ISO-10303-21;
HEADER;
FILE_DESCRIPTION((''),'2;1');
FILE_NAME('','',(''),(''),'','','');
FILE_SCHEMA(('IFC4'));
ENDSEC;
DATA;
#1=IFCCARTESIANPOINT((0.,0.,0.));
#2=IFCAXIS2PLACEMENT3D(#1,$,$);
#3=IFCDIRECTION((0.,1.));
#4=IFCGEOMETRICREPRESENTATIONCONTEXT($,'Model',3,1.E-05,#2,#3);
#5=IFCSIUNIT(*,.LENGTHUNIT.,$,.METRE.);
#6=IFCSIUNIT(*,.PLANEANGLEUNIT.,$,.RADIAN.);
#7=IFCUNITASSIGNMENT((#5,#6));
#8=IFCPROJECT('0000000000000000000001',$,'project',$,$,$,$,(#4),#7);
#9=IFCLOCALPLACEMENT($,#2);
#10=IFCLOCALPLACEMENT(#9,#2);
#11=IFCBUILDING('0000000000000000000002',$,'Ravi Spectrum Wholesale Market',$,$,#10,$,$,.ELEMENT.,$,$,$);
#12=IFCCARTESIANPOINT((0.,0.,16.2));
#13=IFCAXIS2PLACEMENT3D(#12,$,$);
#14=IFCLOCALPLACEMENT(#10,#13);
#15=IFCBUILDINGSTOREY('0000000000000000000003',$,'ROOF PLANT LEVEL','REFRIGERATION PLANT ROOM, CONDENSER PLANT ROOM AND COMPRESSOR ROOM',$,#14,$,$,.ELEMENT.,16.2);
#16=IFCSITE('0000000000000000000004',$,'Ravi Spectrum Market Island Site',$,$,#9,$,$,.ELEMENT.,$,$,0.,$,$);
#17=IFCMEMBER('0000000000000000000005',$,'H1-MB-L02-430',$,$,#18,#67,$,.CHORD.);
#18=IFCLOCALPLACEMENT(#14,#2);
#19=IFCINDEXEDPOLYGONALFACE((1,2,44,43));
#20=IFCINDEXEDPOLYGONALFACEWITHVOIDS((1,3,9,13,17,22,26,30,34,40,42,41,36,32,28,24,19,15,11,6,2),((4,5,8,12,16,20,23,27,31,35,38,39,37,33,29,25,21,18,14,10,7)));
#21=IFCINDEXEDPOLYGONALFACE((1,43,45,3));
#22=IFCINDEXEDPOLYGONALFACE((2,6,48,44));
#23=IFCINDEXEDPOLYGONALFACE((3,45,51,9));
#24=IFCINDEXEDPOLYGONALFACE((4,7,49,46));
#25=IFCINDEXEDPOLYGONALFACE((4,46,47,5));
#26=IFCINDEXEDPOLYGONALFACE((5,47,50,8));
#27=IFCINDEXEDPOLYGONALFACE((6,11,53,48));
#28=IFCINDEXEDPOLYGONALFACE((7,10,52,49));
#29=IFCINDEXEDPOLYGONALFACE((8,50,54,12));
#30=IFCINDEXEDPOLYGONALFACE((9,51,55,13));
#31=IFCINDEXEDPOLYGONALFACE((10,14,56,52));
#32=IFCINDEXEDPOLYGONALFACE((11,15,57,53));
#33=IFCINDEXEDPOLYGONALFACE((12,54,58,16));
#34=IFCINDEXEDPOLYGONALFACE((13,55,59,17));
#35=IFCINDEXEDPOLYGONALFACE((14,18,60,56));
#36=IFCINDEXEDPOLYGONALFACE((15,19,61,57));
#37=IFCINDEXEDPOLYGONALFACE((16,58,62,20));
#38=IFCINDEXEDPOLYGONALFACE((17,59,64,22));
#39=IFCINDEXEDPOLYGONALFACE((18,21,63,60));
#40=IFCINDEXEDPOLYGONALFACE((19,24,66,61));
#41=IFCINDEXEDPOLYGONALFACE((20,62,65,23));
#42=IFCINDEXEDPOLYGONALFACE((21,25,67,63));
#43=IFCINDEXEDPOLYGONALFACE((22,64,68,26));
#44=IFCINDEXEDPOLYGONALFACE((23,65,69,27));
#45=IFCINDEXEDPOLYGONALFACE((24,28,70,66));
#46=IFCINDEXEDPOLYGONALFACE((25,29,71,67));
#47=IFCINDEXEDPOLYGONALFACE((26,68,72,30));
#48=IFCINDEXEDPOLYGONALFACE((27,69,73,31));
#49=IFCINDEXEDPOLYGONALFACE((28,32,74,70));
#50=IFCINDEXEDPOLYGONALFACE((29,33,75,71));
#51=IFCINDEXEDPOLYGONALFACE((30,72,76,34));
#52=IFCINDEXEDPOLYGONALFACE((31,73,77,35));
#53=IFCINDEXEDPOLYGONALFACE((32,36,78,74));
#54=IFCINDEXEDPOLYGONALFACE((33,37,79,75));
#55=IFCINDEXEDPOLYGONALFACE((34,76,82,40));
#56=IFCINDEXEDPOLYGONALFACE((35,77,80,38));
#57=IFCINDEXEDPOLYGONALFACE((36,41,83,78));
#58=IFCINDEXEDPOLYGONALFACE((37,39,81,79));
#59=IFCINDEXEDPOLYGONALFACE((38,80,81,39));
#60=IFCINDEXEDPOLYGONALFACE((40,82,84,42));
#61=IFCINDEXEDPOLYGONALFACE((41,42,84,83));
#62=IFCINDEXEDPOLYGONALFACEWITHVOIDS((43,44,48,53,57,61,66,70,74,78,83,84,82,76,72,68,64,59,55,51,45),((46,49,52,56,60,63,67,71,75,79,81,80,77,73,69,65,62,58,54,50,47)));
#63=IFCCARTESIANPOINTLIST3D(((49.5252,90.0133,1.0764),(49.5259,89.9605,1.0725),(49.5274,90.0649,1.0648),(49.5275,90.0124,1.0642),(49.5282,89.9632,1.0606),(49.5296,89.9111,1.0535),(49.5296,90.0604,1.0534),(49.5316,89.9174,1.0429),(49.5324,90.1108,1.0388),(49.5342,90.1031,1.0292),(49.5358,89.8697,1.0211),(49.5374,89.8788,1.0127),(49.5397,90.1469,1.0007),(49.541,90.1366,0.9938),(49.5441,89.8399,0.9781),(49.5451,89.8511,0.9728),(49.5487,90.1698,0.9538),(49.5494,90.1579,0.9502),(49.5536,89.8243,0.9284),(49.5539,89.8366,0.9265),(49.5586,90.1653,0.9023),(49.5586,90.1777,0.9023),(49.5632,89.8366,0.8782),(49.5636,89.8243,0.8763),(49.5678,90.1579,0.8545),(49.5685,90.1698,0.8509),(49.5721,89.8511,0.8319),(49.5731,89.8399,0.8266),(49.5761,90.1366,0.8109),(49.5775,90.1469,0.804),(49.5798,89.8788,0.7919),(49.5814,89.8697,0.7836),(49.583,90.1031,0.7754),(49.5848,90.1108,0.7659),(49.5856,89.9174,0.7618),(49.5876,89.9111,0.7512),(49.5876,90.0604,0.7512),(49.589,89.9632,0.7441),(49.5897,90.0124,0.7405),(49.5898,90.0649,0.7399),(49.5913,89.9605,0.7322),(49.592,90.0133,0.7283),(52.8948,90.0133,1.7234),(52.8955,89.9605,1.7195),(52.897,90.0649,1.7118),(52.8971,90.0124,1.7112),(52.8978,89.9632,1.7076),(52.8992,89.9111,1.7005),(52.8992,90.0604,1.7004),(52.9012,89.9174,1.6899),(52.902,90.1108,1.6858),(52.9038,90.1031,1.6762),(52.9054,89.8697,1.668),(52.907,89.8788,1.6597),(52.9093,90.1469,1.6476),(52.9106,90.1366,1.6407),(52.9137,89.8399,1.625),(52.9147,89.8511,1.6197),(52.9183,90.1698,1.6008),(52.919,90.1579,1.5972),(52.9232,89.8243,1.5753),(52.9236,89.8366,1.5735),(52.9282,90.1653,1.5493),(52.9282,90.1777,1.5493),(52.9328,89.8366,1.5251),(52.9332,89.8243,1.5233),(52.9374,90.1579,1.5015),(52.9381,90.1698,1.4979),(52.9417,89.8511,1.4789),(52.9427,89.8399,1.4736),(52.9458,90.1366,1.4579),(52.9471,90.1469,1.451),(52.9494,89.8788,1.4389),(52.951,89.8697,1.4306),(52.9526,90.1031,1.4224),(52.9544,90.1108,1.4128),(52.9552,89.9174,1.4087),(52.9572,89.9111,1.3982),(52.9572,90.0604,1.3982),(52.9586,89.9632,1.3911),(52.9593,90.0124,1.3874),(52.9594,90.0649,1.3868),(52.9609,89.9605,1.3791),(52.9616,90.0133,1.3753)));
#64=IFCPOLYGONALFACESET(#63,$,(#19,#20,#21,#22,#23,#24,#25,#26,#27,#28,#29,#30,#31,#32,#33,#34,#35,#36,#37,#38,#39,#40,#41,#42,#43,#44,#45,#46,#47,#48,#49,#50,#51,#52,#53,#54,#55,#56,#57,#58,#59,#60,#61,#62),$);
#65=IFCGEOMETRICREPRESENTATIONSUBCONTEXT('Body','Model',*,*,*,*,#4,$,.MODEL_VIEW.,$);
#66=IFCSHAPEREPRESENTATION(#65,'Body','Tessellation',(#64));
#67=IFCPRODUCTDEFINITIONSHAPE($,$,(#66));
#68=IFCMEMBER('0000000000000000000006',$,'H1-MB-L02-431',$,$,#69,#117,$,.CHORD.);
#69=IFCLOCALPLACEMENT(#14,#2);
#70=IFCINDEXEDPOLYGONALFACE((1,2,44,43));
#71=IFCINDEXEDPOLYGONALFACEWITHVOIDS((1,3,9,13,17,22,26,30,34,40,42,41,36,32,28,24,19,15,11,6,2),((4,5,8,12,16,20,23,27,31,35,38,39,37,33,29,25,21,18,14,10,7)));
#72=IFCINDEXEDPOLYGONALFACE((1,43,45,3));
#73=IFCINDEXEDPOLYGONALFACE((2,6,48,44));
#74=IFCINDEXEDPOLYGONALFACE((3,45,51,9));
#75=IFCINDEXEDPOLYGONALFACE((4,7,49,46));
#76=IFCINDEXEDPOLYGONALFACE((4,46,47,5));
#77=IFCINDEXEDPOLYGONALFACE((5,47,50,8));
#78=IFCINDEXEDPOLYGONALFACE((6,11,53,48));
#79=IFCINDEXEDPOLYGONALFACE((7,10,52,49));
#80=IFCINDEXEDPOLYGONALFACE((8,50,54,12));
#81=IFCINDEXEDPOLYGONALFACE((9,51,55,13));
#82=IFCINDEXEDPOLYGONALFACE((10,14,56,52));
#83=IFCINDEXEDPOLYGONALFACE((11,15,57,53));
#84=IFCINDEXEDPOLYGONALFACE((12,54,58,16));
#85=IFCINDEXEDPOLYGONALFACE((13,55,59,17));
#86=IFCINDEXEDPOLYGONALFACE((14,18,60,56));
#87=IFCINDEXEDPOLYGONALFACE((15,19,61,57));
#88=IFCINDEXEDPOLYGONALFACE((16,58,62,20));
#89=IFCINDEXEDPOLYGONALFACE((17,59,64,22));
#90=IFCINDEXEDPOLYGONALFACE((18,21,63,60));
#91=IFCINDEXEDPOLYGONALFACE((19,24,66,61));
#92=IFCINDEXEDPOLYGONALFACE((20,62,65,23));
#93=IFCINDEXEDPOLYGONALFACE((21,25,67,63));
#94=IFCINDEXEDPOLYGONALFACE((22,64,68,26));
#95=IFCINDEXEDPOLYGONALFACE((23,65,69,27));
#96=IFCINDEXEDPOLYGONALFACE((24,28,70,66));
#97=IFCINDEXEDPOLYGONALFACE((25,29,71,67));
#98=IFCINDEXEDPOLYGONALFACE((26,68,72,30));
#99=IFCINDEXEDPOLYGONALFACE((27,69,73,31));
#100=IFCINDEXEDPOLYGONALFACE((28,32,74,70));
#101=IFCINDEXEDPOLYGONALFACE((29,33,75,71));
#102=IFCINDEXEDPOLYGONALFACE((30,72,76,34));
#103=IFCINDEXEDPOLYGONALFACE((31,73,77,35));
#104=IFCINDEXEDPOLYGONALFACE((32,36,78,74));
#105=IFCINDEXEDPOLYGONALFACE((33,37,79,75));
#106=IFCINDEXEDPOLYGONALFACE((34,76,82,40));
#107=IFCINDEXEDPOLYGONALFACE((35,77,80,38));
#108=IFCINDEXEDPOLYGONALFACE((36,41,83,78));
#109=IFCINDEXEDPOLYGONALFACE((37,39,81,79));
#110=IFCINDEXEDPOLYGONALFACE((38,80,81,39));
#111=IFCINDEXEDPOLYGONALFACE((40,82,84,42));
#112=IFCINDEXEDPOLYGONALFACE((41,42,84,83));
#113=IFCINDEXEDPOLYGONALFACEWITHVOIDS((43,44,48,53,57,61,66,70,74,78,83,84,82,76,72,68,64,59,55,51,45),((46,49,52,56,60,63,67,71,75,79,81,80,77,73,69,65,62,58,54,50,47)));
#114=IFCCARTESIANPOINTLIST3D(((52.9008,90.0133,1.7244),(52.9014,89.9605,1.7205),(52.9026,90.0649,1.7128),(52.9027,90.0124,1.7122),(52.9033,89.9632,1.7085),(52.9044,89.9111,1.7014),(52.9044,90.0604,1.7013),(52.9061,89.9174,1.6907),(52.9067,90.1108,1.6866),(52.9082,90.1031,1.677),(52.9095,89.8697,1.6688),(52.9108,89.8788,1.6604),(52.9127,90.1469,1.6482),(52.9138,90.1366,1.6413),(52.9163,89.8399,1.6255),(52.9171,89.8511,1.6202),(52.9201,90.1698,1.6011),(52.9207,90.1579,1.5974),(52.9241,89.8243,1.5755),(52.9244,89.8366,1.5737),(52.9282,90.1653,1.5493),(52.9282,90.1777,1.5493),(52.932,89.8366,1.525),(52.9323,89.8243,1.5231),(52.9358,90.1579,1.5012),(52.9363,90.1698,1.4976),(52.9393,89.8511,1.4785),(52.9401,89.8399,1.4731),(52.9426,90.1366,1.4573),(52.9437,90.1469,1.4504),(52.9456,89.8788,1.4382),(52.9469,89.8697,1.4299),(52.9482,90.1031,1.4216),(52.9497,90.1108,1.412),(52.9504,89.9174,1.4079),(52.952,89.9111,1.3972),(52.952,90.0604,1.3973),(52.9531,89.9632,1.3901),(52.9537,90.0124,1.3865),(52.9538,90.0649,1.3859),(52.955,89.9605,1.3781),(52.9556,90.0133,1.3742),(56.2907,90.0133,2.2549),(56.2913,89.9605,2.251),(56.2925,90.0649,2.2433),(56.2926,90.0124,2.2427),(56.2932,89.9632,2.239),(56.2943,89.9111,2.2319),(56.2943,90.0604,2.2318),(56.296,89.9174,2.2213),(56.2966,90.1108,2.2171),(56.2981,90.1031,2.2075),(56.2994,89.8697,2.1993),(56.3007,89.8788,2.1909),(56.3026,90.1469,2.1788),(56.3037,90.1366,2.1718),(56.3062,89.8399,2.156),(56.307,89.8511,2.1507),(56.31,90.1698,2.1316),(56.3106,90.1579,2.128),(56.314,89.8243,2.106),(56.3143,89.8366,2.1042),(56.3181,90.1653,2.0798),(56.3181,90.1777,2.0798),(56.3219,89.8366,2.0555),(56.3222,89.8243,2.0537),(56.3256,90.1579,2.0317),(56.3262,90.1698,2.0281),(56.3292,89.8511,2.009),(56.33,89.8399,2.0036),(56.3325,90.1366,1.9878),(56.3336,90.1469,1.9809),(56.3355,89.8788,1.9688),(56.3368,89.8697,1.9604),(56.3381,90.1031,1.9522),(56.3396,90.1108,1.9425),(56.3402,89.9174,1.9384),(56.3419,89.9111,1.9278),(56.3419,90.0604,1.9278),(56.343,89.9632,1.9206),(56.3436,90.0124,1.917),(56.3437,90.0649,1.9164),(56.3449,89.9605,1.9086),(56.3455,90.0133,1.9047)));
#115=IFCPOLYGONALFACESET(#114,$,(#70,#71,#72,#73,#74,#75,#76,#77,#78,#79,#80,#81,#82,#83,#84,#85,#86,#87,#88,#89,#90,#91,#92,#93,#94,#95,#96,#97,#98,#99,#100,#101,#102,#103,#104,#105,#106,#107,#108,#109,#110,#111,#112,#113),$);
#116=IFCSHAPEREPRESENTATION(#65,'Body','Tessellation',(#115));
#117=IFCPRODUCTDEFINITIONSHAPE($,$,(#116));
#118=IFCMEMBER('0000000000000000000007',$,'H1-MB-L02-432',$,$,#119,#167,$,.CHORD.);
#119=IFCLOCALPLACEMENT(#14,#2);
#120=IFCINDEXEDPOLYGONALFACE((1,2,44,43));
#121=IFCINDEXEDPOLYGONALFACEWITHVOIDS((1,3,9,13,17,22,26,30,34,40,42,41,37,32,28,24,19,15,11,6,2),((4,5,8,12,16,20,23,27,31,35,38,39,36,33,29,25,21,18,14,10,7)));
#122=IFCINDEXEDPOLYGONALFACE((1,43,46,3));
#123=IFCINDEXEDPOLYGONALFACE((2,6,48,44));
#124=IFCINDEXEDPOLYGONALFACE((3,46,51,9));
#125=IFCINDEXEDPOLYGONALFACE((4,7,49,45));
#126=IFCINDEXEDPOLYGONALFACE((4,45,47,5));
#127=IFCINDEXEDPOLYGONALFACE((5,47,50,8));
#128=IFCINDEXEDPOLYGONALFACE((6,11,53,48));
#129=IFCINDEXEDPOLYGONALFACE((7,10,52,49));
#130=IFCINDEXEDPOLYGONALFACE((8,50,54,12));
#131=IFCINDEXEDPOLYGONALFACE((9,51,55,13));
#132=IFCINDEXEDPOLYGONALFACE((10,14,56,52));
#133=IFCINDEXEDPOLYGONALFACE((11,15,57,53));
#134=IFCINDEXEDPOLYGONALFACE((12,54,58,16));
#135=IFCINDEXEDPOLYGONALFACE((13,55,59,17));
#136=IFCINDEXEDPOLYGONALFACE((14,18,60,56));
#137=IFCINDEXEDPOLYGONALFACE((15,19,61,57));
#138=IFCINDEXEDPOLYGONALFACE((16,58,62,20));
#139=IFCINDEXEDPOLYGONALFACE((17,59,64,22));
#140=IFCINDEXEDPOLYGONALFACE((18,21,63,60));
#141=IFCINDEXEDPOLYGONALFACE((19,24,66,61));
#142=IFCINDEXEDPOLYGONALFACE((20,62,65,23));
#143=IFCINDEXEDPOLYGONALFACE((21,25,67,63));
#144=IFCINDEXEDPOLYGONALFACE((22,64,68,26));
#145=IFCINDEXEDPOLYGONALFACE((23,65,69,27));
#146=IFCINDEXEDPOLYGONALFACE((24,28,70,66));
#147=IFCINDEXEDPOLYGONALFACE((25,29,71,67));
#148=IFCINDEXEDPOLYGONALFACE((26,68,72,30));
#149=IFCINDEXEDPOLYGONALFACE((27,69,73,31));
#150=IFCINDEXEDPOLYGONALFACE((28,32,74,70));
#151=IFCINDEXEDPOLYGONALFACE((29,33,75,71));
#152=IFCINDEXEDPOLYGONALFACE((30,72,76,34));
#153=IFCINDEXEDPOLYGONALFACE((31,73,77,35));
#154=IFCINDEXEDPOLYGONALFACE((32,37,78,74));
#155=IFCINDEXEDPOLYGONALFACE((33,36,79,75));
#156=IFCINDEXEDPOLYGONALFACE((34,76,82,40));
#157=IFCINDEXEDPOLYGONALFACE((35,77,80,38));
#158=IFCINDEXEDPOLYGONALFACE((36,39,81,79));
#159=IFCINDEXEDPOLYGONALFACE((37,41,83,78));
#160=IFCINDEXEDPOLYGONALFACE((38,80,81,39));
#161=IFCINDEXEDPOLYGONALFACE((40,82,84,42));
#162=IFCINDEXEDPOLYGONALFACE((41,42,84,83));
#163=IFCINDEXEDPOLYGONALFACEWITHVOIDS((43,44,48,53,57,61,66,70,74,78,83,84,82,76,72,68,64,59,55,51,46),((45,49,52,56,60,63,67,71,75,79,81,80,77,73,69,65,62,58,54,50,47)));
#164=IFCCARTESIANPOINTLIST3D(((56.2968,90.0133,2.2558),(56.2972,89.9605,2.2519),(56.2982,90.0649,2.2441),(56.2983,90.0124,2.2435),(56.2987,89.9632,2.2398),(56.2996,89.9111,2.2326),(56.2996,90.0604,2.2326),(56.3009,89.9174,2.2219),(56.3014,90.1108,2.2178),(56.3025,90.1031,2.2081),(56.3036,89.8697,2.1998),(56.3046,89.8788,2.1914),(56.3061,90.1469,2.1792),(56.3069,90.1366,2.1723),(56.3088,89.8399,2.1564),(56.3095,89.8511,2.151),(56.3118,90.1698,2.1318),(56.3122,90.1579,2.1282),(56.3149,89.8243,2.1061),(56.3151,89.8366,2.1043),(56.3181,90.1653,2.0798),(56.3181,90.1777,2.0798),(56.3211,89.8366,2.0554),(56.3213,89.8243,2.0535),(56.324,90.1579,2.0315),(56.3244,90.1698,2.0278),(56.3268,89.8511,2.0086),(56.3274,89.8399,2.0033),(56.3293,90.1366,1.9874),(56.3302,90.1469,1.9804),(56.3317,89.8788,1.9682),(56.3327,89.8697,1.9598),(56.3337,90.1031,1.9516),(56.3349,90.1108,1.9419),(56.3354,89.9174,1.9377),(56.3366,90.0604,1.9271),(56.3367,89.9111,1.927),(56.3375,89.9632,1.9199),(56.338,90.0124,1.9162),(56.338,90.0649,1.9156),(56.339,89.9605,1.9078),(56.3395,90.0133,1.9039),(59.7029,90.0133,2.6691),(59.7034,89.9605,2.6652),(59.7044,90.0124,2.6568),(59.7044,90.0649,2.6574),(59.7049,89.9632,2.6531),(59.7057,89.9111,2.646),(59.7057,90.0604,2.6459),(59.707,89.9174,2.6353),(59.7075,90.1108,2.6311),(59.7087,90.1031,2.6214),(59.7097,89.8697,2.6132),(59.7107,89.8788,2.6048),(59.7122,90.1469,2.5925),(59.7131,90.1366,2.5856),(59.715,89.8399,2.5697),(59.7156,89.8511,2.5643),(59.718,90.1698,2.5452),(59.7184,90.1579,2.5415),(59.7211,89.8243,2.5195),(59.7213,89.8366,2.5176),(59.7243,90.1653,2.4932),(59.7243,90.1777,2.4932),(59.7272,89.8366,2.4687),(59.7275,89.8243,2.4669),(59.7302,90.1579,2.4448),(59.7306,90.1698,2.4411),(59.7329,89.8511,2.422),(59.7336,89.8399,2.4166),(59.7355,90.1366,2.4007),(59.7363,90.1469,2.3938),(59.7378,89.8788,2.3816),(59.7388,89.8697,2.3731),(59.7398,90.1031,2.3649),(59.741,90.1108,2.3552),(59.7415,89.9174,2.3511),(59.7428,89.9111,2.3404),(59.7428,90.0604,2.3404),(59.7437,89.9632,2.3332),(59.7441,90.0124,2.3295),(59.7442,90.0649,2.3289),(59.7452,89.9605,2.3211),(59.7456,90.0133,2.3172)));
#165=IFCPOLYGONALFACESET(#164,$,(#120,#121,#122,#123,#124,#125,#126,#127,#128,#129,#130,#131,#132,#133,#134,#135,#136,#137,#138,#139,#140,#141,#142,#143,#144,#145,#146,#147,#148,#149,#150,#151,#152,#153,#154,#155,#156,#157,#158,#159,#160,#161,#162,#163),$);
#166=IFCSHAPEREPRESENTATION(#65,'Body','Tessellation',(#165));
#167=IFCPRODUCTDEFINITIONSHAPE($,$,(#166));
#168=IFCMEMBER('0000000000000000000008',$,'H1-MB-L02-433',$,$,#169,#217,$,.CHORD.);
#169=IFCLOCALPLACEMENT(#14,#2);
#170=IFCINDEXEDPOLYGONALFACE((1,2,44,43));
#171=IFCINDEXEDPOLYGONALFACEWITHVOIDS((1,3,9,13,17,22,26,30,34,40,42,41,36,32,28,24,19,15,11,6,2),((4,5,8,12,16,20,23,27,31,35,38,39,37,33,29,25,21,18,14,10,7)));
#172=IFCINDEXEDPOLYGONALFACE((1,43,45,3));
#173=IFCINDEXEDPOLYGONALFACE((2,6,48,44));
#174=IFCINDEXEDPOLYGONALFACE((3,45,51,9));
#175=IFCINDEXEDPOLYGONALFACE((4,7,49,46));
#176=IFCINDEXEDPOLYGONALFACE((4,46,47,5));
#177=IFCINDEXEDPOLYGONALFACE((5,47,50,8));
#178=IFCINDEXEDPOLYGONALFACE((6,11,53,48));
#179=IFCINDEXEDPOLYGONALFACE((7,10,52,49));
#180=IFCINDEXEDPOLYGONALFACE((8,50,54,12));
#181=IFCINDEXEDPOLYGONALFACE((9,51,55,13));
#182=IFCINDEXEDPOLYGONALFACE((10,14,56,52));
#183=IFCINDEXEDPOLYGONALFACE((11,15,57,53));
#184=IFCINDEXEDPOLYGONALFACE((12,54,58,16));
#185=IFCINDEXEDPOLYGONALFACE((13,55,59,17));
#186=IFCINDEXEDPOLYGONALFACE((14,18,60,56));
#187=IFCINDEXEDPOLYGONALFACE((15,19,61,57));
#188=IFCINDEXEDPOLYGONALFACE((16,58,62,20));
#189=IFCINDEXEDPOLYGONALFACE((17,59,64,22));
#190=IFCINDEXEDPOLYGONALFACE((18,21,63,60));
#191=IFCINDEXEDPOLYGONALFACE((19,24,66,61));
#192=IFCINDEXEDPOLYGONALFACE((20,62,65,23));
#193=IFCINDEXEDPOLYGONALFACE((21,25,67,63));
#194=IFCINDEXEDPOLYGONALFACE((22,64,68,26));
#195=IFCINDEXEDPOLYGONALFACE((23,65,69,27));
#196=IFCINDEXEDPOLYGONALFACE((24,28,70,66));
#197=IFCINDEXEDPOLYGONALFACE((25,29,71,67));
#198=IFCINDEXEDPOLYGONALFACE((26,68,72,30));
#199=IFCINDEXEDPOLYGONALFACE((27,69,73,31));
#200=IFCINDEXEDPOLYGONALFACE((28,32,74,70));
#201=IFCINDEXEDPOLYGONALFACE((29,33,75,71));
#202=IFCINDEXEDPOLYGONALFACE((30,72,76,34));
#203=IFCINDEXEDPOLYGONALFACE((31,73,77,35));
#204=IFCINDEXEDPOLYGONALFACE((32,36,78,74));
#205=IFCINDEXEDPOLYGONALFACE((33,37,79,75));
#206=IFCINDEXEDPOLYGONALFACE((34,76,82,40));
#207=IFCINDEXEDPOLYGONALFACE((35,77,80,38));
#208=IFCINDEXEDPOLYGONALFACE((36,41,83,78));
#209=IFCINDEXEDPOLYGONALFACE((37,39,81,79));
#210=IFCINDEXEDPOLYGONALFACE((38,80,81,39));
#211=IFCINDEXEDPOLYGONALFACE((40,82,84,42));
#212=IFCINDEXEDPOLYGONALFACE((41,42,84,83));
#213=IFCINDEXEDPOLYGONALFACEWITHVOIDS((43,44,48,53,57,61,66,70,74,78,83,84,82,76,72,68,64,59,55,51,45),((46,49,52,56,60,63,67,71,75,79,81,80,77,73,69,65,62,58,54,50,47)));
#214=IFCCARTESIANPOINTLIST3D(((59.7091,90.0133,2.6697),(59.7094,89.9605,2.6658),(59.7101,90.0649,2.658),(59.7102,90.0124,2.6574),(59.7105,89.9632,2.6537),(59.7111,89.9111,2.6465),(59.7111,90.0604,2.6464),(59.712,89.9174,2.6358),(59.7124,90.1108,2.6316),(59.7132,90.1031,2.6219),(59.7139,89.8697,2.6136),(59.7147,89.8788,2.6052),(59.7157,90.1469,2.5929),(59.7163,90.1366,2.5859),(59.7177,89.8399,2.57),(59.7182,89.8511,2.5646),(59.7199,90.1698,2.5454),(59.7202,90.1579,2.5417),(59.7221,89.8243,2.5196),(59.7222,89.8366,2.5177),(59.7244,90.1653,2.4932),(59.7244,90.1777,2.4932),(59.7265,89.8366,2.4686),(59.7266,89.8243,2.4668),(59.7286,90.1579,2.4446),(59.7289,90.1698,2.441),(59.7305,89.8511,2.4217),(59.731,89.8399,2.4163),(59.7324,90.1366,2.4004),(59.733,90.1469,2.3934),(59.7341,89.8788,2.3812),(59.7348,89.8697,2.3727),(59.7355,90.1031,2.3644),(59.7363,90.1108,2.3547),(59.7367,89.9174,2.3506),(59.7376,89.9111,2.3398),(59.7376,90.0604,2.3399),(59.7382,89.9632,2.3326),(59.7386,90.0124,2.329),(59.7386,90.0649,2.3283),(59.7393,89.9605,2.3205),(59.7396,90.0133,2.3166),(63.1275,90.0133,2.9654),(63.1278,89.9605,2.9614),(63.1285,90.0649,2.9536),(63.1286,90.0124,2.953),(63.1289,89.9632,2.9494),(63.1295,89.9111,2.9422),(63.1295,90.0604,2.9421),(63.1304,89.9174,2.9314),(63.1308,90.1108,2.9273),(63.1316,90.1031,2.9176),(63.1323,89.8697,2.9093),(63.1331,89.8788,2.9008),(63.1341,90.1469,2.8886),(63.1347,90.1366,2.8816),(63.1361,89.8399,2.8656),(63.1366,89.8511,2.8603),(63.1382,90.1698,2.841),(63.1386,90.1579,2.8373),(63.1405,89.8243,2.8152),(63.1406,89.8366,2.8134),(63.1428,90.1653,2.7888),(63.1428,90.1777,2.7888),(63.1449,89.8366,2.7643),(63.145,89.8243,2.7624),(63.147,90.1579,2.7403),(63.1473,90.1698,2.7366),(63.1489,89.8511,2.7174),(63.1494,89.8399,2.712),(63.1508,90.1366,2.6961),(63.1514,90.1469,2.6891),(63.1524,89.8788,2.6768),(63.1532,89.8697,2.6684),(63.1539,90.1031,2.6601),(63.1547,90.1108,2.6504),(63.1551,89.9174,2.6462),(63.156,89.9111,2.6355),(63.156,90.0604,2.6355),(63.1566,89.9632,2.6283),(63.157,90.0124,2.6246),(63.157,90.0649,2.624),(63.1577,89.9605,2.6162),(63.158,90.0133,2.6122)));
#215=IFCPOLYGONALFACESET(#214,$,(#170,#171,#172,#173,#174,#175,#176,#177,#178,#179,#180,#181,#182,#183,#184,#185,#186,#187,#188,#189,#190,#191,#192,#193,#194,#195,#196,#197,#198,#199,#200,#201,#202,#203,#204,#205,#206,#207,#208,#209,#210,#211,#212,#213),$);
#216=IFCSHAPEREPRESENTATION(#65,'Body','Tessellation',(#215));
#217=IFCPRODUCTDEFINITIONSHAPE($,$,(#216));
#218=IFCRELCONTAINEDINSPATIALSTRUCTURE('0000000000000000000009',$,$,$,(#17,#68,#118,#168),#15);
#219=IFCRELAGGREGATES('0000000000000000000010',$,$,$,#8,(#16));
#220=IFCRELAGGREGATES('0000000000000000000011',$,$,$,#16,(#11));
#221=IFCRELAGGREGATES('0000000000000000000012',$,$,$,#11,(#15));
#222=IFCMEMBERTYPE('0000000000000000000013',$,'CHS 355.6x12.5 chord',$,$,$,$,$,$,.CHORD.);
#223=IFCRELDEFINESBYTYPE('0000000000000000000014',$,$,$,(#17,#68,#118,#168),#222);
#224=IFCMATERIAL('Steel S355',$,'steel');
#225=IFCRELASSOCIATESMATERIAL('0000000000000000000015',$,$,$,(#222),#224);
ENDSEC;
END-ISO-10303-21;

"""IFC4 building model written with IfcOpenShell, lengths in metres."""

from ifc_helpers import new_model, si_unit, direction, frame, origin, origin_2d, place, context, subcontext, project, spatial, hollow_circle, extrude, material, material_profile, profile_set, type_object, element, save


model = new_model("IFC4")

# Units and contexts
model_context = context("Model", 3, precision=1e-05, world=origin(), true_north=direction((0.0, 1.0)))
body_context = subcontext(model_context, "Body", "Model", "MODEL_VIEW")
ifc_project = project(units=[si_unit("LENGTHUNIT", "METRE"), si_unit("PLANEANGLEUNIT", "RADIAN")], contexts=[model_context])

# Site, building, storey
site_placement = place(None, origin())
site = spatial("IfcSite", under=ifc_project, at=site_placement, Name="Ravi Spectrum Market Island Site", CompositionType="ELEMENT", RefElevation=0.0)
building_placement = place(site_placement, origin())
building = spatial("IfcBuilding", under=site, at=building_placement, Name="Ravi Spectrum Wholesale Market", CompositionType="ELEMENT")
storey_placement = place(building_placement, frame((0.0, 0.0, 16.2)))
storey = spatial("IfcBuildingStorey", under=building, at=storey_placement, Name="ROOF PLANT LEVEL", Description="REFRIGERATION PLANT ROOM, CONDENSER PLANT ROOM AND COMPRESSOR ROOM", CompositionType="ELEMENT", Elevation=16.2)

# Members
ifc_material_1 = material(Name="Steel S355", Category="steel")
ifc_material_profile_1 = material_profile(ifc_material_1, hollow_circle(Radius=0.1777, WallThickness=0.0125, at=origin_2d()))
ifc_profile_set_1 = profile_set([ifc_material_profile_1], Name="Steel S355")
member_type_1 = type_object("IfcMemberType", Name="CHS 355.6x12.5 chord", PredefinedType="CHORD", material=ifc_profile_set_1)
for number, where, z_axis, x_axis, name in (
    (1, (49.5586, 90.0, 0.9023), (0.982062, 0.0, 0.188557), (0.0, 1.0, 0.0), "H1-MB-L02-430"),
    (2, (52.9282, 90.0, 1.5493), (0.987974, 0.0, 0.154618), (0.0, 1.0, 0.0), "H1-MB-L02-431"),
    (3, (56.3181, 90.0, 2.0798), (0.992718, 0.0, 0.120461), (0.0, 1.0, 0.0), "H1-MB-L02-432"),
    (4, (59.7244, 90.0, 2.4932), (0.996281, 0.0, 0.086166), (0.0, 1.0, 0.0), "H1-MB-L02-433"),
):
    element("IfcMember", number, at=place(storey_placement, frame(where, z_axis=z_axis, x_axis=x_axis)), inside=storey, type_object=member_type_1, Name=name, PredefinedType="CHORD", context=body_context, shape_type="SweptSolid", body=[
        extrude(hollow_circle(Radius=0.1777, WallThickness=0.0125, at=origin_2d()), origin(), (0.0, 0.0, 1.0), 3.4312),
    ])

save(model, "model.ifc")
